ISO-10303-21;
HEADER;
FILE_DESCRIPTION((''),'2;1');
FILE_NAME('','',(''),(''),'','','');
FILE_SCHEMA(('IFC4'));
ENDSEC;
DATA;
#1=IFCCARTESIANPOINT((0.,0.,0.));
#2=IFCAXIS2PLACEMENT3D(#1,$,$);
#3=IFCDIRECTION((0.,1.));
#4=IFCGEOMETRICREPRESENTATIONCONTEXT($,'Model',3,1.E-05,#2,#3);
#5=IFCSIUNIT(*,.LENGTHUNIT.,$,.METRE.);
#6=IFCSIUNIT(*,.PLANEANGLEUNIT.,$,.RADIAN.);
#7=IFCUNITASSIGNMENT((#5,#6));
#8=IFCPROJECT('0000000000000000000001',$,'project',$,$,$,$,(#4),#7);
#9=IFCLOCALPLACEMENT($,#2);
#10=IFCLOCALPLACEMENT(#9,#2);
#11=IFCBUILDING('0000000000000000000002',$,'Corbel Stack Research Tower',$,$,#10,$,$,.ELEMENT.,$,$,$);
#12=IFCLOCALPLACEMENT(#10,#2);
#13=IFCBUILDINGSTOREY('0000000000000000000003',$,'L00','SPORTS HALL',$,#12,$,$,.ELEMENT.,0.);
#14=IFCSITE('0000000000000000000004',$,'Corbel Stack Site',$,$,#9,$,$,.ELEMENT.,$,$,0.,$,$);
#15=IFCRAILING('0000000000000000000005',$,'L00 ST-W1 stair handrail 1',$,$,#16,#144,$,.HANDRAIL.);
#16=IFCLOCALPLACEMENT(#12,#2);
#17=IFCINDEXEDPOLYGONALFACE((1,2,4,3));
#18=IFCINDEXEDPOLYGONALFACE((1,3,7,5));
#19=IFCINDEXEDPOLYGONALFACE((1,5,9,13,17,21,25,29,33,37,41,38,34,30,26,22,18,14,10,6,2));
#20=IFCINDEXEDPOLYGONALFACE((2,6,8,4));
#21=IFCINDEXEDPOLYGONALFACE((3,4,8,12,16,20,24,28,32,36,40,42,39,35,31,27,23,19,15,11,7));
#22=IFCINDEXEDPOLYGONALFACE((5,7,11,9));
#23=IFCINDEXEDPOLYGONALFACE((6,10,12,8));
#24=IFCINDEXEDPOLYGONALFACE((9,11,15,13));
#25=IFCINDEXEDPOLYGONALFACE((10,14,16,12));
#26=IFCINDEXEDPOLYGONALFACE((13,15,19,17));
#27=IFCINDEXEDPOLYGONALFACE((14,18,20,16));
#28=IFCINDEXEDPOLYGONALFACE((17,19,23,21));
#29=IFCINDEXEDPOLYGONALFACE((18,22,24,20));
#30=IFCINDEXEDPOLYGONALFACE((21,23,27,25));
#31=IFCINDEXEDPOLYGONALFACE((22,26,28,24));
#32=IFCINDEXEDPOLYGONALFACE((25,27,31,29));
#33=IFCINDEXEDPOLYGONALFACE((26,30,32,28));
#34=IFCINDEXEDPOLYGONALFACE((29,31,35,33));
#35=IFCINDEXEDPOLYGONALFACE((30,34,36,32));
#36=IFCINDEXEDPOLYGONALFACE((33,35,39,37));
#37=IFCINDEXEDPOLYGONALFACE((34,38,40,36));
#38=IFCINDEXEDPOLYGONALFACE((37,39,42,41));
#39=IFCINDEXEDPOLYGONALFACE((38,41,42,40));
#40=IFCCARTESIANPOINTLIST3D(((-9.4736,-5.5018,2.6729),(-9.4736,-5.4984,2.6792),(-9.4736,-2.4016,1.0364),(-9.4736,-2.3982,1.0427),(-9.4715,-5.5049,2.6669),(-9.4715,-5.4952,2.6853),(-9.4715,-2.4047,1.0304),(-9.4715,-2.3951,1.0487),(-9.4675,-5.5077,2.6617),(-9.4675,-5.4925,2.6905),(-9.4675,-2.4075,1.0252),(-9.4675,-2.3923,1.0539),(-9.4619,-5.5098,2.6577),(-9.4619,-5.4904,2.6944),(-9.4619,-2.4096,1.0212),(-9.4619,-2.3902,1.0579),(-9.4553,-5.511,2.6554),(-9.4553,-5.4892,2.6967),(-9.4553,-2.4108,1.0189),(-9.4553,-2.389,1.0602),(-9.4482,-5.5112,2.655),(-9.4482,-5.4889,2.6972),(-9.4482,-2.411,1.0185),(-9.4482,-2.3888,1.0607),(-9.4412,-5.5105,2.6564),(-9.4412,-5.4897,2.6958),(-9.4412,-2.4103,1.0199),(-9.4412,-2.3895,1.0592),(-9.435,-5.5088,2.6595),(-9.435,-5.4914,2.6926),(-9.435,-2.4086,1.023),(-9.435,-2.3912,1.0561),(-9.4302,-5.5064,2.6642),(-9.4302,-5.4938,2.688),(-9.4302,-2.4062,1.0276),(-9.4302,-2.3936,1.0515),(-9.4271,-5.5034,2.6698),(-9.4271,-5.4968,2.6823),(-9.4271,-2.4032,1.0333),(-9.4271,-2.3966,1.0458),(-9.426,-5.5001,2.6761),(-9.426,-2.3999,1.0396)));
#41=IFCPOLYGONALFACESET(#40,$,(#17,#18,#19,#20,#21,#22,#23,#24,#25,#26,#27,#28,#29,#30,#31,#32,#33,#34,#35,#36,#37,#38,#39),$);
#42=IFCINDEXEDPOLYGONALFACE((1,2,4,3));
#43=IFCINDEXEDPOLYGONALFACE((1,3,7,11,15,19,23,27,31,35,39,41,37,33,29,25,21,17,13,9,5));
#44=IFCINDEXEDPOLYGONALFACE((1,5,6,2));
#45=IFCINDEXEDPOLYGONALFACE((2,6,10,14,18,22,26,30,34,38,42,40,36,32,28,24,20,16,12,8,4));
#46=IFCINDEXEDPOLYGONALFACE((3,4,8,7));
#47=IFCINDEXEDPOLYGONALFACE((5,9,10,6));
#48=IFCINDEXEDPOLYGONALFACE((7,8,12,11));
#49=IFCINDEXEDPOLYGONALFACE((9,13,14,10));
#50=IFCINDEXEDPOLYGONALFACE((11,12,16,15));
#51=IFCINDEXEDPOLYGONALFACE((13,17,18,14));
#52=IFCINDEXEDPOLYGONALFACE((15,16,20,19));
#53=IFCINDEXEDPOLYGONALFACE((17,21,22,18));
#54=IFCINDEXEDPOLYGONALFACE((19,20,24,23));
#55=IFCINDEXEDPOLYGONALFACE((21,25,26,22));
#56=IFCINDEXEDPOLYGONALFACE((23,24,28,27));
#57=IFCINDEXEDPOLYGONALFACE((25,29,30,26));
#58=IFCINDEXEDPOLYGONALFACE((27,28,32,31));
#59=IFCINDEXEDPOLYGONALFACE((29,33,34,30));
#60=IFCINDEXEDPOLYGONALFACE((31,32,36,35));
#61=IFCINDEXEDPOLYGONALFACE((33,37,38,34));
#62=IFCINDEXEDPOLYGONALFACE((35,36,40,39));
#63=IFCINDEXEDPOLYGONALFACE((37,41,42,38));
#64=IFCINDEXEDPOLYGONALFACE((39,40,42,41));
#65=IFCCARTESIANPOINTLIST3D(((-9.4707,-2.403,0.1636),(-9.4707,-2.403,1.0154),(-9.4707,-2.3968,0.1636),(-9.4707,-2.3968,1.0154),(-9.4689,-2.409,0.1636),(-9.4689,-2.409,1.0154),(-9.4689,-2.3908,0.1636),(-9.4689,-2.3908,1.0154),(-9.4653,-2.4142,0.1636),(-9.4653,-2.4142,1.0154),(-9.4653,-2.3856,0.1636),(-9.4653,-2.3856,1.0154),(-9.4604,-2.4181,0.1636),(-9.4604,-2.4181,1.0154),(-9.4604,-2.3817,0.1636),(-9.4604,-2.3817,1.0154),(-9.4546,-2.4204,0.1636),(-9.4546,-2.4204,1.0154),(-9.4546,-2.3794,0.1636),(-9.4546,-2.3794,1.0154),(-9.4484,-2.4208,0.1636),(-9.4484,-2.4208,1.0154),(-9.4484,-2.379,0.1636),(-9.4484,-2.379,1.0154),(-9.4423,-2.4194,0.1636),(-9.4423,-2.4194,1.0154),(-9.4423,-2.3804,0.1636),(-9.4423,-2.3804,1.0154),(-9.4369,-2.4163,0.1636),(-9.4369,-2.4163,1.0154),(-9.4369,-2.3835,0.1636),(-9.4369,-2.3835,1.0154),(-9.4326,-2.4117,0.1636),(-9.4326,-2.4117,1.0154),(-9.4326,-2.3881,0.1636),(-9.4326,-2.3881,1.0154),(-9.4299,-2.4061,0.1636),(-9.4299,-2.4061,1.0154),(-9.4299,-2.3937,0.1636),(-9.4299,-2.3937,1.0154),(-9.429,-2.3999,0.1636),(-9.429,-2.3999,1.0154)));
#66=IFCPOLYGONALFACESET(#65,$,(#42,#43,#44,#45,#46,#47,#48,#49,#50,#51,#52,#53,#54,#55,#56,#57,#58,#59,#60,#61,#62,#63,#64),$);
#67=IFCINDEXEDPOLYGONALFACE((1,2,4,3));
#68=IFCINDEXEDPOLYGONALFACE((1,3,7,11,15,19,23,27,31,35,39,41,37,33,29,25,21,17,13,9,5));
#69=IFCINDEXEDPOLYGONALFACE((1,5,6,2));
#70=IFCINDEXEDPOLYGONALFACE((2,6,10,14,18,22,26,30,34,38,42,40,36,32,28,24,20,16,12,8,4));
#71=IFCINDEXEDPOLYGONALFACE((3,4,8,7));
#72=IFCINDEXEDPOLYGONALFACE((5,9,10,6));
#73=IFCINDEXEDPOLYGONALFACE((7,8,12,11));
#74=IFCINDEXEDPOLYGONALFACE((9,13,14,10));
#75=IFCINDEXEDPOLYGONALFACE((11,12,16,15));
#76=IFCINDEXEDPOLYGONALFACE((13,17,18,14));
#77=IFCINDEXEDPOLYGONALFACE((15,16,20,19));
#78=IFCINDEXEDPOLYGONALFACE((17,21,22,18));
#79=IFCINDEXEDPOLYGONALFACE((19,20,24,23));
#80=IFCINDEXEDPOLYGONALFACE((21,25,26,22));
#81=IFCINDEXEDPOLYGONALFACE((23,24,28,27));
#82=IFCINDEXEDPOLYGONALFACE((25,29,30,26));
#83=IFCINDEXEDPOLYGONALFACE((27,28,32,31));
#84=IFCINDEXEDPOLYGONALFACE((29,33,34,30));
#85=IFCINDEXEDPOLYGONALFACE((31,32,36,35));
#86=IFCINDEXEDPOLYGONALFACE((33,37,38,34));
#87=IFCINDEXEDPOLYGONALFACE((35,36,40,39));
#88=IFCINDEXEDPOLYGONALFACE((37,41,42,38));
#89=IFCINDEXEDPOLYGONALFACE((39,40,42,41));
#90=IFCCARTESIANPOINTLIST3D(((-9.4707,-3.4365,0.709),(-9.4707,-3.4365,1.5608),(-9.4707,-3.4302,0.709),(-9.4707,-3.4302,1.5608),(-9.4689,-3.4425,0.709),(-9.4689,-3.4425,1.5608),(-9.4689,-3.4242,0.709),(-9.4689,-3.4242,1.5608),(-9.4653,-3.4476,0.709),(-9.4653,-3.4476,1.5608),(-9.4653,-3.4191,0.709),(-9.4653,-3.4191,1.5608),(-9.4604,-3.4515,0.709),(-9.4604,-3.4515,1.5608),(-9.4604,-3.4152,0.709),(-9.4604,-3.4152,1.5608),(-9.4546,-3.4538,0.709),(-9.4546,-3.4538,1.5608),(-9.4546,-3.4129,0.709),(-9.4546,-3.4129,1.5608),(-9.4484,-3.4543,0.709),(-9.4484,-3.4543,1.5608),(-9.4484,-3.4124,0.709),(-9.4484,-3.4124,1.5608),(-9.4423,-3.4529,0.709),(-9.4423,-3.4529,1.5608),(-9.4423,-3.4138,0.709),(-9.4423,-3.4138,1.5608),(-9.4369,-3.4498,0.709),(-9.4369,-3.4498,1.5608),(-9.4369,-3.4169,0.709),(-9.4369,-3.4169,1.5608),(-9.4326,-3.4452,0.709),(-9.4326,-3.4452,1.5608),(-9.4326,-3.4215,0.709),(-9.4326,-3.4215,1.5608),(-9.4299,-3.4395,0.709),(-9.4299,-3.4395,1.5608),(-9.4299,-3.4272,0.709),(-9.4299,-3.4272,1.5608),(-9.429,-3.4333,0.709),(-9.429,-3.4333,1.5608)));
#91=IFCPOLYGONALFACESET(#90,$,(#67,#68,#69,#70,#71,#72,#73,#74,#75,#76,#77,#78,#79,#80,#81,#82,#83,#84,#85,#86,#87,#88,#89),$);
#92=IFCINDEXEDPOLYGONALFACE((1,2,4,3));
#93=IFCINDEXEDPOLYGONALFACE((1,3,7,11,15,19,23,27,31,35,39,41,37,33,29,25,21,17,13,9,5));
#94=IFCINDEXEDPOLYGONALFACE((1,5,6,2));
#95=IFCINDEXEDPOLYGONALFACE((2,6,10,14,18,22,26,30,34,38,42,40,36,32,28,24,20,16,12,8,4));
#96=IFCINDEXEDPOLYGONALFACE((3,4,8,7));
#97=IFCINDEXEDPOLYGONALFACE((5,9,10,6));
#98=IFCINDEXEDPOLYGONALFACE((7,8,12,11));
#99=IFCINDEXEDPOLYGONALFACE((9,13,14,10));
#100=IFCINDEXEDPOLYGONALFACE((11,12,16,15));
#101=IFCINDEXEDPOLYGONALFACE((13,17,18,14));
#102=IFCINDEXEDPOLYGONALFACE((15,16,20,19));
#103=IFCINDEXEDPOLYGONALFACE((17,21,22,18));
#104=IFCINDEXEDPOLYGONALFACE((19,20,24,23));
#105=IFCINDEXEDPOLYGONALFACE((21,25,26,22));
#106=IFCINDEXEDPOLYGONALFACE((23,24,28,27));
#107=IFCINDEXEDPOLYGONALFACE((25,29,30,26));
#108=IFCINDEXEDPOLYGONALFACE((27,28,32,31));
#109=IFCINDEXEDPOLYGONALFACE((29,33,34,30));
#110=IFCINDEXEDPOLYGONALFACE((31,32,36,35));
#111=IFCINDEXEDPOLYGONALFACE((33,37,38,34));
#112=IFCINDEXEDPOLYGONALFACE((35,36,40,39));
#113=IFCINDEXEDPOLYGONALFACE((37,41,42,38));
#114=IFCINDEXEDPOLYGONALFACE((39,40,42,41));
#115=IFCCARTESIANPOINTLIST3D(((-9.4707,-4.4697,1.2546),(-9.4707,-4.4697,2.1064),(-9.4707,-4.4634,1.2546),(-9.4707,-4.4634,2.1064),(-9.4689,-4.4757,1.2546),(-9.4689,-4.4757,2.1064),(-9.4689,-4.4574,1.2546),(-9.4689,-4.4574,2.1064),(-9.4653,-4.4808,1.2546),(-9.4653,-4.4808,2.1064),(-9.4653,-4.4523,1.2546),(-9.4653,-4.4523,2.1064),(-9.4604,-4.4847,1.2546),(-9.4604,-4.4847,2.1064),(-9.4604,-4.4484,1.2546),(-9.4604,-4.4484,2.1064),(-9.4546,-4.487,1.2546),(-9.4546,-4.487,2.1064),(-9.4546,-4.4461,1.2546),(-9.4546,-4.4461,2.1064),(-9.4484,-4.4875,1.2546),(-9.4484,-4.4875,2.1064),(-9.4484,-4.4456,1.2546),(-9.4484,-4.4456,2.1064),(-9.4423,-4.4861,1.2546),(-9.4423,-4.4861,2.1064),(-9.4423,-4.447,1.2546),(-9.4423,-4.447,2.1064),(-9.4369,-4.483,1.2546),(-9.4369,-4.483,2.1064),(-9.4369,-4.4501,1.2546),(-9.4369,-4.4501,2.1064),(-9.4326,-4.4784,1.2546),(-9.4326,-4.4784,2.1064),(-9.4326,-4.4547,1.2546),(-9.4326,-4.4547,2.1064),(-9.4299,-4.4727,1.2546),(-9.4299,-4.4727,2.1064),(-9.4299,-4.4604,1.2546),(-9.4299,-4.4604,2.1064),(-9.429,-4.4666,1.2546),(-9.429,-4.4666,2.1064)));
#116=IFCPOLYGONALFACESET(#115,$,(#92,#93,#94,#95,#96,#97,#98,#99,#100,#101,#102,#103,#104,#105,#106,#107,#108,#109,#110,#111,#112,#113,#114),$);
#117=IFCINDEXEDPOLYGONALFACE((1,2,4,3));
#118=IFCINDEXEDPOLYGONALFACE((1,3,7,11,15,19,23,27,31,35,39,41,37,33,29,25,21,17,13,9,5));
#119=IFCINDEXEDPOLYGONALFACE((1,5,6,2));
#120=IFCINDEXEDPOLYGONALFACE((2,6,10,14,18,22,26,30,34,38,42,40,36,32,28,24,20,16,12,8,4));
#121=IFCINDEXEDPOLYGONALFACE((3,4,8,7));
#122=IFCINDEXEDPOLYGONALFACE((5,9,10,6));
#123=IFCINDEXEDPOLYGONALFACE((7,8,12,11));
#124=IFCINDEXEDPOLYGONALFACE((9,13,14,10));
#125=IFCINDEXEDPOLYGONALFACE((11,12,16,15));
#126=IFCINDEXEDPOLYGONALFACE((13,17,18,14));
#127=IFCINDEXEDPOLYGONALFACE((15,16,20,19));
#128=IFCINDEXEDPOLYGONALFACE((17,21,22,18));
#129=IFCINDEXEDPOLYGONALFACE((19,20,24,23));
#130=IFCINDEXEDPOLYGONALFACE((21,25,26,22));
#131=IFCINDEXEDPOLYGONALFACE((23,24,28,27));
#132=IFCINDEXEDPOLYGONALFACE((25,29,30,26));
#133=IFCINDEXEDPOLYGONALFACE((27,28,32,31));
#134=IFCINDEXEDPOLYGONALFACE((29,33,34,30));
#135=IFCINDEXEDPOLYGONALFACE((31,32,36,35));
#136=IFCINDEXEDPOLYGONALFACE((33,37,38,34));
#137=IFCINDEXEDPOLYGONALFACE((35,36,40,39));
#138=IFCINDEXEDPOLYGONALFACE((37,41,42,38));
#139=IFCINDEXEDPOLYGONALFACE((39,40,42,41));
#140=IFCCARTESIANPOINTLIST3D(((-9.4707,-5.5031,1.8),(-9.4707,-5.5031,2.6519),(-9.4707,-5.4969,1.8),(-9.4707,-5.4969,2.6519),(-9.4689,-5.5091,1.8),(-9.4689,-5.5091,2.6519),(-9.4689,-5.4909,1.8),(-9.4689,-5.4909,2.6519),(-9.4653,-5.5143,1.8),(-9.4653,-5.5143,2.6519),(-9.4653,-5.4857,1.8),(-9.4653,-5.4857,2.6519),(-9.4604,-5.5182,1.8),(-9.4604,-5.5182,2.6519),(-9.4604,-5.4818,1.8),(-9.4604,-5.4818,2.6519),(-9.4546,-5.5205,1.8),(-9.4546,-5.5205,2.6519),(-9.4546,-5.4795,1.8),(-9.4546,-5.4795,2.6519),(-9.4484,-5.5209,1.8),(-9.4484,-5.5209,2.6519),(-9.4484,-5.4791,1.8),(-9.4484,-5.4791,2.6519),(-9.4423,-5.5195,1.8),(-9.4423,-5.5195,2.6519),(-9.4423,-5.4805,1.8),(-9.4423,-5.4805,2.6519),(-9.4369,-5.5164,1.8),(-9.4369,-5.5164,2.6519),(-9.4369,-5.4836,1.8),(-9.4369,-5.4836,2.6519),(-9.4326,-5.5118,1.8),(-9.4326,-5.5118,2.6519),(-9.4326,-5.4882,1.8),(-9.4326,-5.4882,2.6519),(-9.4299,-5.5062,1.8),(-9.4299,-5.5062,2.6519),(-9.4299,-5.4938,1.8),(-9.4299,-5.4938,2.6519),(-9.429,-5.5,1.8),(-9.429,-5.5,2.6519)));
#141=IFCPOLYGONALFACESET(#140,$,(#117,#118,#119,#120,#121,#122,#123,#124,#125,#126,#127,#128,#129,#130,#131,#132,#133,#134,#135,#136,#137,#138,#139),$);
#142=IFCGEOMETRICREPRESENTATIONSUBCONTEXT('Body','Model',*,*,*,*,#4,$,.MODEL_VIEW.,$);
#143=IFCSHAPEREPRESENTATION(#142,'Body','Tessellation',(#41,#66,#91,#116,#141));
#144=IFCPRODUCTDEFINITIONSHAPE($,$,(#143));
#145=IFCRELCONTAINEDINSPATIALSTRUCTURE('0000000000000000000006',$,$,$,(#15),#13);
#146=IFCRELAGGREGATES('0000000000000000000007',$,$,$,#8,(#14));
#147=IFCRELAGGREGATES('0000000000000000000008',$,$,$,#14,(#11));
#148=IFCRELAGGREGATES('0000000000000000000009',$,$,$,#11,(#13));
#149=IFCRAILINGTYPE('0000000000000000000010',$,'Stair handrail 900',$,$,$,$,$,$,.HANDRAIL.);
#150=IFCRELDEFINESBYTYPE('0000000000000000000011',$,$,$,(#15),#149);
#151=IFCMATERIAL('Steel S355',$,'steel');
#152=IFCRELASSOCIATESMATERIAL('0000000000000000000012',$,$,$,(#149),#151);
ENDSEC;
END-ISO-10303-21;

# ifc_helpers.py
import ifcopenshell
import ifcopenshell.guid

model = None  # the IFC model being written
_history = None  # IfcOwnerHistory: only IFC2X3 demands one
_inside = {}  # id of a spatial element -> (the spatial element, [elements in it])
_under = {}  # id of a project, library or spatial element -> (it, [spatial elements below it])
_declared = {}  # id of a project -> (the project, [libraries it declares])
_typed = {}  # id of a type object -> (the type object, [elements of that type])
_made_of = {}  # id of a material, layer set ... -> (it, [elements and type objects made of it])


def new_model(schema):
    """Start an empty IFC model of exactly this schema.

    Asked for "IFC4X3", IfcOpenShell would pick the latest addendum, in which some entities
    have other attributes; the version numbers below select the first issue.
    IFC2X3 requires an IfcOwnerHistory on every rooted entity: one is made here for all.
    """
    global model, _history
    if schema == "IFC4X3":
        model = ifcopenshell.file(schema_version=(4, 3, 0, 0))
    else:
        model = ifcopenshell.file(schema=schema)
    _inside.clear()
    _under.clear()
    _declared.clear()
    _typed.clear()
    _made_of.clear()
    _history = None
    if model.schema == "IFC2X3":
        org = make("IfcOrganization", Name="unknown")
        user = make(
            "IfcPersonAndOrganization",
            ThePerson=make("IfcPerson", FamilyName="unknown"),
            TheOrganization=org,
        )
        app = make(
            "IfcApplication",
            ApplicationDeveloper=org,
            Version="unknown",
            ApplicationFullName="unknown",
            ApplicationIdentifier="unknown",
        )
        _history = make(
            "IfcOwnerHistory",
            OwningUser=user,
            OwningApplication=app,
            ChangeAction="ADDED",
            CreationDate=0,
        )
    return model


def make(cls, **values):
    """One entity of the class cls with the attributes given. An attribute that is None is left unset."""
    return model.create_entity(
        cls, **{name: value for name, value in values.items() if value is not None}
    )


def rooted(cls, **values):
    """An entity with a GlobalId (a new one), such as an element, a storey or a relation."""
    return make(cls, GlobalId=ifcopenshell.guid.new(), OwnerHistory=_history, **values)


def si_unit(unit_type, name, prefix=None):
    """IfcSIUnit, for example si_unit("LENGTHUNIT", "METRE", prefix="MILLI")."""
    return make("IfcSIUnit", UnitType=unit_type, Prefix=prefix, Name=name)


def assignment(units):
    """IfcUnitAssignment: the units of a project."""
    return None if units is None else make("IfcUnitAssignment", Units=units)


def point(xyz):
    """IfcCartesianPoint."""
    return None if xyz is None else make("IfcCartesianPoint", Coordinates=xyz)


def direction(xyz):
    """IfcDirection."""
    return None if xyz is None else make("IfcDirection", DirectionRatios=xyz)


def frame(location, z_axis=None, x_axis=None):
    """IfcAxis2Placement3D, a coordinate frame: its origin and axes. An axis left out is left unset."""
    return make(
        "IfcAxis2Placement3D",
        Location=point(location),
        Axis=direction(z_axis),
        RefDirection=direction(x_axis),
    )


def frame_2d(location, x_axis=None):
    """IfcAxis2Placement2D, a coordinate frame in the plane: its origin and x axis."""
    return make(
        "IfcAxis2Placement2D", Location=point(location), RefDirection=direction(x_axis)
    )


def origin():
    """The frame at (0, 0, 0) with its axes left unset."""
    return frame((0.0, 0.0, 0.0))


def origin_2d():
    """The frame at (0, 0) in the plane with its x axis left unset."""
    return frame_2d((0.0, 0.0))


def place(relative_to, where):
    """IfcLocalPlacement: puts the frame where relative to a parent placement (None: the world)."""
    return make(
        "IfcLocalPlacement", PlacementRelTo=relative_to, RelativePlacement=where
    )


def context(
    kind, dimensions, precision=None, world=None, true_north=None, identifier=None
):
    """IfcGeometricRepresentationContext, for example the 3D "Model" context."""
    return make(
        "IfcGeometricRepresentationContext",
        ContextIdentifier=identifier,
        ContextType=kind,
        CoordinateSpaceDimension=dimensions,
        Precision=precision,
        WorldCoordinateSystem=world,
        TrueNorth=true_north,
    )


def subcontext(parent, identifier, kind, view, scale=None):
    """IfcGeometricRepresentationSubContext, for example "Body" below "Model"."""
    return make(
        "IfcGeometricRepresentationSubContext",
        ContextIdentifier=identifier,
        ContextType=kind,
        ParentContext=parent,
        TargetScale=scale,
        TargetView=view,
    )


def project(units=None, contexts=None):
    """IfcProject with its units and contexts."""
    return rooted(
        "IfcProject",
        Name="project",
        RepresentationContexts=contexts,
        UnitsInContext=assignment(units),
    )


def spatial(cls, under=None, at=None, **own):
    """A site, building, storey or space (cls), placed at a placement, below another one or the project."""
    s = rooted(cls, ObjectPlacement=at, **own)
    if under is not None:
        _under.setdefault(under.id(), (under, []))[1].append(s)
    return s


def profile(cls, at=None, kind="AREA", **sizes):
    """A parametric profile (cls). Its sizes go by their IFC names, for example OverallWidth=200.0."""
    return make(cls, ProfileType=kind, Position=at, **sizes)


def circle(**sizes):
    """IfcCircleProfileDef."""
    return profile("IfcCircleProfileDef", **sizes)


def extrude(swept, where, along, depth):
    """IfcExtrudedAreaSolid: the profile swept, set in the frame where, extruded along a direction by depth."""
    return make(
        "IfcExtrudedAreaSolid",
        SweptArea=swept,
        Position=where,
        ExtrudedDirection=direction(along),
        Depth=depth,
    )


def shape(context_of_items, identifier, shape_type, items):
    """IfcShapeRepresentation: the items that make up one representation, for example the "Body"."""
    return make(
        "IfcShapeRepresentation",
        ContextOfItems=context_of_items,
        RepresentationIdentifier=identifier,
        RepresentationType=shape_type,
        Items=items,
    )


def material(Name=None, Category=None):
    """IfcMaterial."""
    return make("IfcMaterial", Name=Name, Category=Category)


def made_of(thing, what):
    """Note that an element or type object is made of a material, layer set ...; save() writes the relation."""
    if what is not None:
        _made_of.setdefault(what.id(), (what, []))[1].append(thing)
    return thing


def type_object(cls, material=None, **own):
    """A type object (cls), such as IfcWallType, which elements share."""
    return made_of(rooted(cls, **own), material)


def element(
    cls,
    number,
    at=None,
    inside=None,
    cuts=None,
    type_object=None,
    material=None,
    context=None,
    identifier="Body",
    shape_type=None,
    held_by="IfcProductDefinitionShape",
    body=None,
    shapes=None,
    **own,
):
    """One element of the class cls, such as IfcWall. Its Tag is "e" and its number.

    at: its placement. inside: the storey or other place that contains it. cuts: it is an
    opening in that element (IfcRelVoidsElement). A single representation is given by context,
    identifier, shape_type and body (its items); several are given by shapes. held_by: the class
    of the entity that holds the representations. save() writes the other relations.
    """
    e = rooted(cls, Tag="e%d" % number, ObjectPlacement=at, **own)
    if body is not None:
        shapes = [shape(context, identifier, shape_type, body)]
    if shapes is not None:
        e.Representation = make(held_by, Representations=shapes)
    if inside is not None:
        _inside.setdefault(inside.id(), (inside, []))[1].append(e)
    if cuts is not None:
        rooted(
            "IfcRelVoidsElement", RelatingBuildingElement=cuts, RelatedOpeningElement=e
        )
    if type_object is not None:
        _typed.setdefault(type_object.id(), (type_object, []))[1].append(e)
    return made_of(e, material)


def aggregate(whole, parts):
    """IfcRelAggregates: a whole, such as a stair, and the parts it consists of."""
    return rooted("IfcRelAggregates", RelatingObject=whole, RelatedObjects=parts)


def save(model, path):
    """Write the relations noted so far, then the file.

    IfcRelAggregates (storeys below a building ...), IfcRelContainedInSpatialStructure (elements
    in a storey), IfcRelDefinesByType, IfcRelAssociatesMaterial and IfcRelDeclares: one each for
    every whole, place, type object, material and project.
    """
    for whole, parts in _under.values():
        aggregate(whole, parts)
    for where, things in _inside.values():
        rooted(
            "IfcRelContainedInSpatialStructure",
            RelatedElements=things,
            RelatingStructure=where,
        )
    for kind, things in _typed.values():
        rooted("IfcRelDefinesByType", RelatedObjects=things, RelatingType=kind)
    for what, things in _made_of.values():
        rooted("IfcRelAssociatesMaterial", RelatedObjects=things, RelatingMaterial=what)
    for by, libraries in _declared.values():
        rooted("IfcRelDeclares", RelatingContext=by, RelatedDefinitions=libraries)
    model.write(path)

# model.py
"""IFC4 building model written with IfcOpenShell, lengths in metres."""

from ifc_helpers import new_model, si_unit, direction, frame, origin, origin_2d, place, context, subcontext, project, spatial, circle, extrude, material, type_object, element, save


model = new_model("IFC4")

# Units and contexts
model_context = context("Model", 3, precision=1e-05, world=origin(), true_north=direction((0.0, 1.0)))
body_context = subcontext(model_context, "Body", "Model", "MODEL_VIEW")
ifc_project = project(units=[si_unit("LENGTHUNIT", "METRE"), si_unit("PLANEANGLEUNIT", "RADIAN")], contexts=[model_context])

# Site, building, storey
site_placement = place(None, origin())
site = spatial("IfcSite", under=ifc_project, at=site_placement, Name="Corbel Stack Site", CompositionType="ELEMENT", RefElevation=0.0)
building_placement = place(site_placement, origin())
building = spatial("IfcBuilding", under=site, at=building_placement, Name="Corbel Stack Research Tower", CompositionType="ELEMENT")
storey_placement = place(building_placement, origin())
storey = spatial("IfcBuildingStorey", under=building, at=storey_placement, Name="L00", Description="SPORTS HALL", CompositionType="ELEMENT", Elevation=0.0)

# Railing
ifc_material_1 = material(Name="Steel S355", Category="steel")
railing_type_1 = type_object("IfcRailingType", Name="Stair handrail 900", PredefinedType="HANDRAIL", material=ifc_material_1)
railing_1_placement = place(storey_placement, frame((-9.45, -2.3999, 0.1636)))
element("IfcRailing", 1, at=railing_1_placement, inside=storey, type_object=railing_type_1, Name="L00 ST-W1 stair handrail 1", PredefinedType="HANDRAIL", context=body_context, shape_type="SweptSolid", body=[
    extrude(circle(Radius=0.0239, at=origin_2d()), frame((0.0, 0.0, 0.876), z_axis=(0.0, -0.884348, 0.466828), x_axis=(1.0, 0.0, 0.0)), (0.0, 0.0, 1.0), 3.5056),
    extrude(circle(Radius=0.021, at=origin_2d()), origin(), (0.0, 0.0, 1.0), 0.8518),
    extrude(circle(Radius=0.021, at=origin_2d()), frame((0.0, -1.0334, 0.5454)), (0.0, 0.0, 1.0), 0.8518),
    extrude(circle(Radius=0.021, at=origin_2d()), frame((0.0, -2.0667, 1.0911)), (0.0, 0.0, 1.0), 0.8518),
    extrude(circle(Radius=0.021, at=origin_2d()), frame((0.0, -3.1001, 1.6365)), (0.0, 0.0, 1.0), 0.8518),
])

save(model, "model.ifc")
